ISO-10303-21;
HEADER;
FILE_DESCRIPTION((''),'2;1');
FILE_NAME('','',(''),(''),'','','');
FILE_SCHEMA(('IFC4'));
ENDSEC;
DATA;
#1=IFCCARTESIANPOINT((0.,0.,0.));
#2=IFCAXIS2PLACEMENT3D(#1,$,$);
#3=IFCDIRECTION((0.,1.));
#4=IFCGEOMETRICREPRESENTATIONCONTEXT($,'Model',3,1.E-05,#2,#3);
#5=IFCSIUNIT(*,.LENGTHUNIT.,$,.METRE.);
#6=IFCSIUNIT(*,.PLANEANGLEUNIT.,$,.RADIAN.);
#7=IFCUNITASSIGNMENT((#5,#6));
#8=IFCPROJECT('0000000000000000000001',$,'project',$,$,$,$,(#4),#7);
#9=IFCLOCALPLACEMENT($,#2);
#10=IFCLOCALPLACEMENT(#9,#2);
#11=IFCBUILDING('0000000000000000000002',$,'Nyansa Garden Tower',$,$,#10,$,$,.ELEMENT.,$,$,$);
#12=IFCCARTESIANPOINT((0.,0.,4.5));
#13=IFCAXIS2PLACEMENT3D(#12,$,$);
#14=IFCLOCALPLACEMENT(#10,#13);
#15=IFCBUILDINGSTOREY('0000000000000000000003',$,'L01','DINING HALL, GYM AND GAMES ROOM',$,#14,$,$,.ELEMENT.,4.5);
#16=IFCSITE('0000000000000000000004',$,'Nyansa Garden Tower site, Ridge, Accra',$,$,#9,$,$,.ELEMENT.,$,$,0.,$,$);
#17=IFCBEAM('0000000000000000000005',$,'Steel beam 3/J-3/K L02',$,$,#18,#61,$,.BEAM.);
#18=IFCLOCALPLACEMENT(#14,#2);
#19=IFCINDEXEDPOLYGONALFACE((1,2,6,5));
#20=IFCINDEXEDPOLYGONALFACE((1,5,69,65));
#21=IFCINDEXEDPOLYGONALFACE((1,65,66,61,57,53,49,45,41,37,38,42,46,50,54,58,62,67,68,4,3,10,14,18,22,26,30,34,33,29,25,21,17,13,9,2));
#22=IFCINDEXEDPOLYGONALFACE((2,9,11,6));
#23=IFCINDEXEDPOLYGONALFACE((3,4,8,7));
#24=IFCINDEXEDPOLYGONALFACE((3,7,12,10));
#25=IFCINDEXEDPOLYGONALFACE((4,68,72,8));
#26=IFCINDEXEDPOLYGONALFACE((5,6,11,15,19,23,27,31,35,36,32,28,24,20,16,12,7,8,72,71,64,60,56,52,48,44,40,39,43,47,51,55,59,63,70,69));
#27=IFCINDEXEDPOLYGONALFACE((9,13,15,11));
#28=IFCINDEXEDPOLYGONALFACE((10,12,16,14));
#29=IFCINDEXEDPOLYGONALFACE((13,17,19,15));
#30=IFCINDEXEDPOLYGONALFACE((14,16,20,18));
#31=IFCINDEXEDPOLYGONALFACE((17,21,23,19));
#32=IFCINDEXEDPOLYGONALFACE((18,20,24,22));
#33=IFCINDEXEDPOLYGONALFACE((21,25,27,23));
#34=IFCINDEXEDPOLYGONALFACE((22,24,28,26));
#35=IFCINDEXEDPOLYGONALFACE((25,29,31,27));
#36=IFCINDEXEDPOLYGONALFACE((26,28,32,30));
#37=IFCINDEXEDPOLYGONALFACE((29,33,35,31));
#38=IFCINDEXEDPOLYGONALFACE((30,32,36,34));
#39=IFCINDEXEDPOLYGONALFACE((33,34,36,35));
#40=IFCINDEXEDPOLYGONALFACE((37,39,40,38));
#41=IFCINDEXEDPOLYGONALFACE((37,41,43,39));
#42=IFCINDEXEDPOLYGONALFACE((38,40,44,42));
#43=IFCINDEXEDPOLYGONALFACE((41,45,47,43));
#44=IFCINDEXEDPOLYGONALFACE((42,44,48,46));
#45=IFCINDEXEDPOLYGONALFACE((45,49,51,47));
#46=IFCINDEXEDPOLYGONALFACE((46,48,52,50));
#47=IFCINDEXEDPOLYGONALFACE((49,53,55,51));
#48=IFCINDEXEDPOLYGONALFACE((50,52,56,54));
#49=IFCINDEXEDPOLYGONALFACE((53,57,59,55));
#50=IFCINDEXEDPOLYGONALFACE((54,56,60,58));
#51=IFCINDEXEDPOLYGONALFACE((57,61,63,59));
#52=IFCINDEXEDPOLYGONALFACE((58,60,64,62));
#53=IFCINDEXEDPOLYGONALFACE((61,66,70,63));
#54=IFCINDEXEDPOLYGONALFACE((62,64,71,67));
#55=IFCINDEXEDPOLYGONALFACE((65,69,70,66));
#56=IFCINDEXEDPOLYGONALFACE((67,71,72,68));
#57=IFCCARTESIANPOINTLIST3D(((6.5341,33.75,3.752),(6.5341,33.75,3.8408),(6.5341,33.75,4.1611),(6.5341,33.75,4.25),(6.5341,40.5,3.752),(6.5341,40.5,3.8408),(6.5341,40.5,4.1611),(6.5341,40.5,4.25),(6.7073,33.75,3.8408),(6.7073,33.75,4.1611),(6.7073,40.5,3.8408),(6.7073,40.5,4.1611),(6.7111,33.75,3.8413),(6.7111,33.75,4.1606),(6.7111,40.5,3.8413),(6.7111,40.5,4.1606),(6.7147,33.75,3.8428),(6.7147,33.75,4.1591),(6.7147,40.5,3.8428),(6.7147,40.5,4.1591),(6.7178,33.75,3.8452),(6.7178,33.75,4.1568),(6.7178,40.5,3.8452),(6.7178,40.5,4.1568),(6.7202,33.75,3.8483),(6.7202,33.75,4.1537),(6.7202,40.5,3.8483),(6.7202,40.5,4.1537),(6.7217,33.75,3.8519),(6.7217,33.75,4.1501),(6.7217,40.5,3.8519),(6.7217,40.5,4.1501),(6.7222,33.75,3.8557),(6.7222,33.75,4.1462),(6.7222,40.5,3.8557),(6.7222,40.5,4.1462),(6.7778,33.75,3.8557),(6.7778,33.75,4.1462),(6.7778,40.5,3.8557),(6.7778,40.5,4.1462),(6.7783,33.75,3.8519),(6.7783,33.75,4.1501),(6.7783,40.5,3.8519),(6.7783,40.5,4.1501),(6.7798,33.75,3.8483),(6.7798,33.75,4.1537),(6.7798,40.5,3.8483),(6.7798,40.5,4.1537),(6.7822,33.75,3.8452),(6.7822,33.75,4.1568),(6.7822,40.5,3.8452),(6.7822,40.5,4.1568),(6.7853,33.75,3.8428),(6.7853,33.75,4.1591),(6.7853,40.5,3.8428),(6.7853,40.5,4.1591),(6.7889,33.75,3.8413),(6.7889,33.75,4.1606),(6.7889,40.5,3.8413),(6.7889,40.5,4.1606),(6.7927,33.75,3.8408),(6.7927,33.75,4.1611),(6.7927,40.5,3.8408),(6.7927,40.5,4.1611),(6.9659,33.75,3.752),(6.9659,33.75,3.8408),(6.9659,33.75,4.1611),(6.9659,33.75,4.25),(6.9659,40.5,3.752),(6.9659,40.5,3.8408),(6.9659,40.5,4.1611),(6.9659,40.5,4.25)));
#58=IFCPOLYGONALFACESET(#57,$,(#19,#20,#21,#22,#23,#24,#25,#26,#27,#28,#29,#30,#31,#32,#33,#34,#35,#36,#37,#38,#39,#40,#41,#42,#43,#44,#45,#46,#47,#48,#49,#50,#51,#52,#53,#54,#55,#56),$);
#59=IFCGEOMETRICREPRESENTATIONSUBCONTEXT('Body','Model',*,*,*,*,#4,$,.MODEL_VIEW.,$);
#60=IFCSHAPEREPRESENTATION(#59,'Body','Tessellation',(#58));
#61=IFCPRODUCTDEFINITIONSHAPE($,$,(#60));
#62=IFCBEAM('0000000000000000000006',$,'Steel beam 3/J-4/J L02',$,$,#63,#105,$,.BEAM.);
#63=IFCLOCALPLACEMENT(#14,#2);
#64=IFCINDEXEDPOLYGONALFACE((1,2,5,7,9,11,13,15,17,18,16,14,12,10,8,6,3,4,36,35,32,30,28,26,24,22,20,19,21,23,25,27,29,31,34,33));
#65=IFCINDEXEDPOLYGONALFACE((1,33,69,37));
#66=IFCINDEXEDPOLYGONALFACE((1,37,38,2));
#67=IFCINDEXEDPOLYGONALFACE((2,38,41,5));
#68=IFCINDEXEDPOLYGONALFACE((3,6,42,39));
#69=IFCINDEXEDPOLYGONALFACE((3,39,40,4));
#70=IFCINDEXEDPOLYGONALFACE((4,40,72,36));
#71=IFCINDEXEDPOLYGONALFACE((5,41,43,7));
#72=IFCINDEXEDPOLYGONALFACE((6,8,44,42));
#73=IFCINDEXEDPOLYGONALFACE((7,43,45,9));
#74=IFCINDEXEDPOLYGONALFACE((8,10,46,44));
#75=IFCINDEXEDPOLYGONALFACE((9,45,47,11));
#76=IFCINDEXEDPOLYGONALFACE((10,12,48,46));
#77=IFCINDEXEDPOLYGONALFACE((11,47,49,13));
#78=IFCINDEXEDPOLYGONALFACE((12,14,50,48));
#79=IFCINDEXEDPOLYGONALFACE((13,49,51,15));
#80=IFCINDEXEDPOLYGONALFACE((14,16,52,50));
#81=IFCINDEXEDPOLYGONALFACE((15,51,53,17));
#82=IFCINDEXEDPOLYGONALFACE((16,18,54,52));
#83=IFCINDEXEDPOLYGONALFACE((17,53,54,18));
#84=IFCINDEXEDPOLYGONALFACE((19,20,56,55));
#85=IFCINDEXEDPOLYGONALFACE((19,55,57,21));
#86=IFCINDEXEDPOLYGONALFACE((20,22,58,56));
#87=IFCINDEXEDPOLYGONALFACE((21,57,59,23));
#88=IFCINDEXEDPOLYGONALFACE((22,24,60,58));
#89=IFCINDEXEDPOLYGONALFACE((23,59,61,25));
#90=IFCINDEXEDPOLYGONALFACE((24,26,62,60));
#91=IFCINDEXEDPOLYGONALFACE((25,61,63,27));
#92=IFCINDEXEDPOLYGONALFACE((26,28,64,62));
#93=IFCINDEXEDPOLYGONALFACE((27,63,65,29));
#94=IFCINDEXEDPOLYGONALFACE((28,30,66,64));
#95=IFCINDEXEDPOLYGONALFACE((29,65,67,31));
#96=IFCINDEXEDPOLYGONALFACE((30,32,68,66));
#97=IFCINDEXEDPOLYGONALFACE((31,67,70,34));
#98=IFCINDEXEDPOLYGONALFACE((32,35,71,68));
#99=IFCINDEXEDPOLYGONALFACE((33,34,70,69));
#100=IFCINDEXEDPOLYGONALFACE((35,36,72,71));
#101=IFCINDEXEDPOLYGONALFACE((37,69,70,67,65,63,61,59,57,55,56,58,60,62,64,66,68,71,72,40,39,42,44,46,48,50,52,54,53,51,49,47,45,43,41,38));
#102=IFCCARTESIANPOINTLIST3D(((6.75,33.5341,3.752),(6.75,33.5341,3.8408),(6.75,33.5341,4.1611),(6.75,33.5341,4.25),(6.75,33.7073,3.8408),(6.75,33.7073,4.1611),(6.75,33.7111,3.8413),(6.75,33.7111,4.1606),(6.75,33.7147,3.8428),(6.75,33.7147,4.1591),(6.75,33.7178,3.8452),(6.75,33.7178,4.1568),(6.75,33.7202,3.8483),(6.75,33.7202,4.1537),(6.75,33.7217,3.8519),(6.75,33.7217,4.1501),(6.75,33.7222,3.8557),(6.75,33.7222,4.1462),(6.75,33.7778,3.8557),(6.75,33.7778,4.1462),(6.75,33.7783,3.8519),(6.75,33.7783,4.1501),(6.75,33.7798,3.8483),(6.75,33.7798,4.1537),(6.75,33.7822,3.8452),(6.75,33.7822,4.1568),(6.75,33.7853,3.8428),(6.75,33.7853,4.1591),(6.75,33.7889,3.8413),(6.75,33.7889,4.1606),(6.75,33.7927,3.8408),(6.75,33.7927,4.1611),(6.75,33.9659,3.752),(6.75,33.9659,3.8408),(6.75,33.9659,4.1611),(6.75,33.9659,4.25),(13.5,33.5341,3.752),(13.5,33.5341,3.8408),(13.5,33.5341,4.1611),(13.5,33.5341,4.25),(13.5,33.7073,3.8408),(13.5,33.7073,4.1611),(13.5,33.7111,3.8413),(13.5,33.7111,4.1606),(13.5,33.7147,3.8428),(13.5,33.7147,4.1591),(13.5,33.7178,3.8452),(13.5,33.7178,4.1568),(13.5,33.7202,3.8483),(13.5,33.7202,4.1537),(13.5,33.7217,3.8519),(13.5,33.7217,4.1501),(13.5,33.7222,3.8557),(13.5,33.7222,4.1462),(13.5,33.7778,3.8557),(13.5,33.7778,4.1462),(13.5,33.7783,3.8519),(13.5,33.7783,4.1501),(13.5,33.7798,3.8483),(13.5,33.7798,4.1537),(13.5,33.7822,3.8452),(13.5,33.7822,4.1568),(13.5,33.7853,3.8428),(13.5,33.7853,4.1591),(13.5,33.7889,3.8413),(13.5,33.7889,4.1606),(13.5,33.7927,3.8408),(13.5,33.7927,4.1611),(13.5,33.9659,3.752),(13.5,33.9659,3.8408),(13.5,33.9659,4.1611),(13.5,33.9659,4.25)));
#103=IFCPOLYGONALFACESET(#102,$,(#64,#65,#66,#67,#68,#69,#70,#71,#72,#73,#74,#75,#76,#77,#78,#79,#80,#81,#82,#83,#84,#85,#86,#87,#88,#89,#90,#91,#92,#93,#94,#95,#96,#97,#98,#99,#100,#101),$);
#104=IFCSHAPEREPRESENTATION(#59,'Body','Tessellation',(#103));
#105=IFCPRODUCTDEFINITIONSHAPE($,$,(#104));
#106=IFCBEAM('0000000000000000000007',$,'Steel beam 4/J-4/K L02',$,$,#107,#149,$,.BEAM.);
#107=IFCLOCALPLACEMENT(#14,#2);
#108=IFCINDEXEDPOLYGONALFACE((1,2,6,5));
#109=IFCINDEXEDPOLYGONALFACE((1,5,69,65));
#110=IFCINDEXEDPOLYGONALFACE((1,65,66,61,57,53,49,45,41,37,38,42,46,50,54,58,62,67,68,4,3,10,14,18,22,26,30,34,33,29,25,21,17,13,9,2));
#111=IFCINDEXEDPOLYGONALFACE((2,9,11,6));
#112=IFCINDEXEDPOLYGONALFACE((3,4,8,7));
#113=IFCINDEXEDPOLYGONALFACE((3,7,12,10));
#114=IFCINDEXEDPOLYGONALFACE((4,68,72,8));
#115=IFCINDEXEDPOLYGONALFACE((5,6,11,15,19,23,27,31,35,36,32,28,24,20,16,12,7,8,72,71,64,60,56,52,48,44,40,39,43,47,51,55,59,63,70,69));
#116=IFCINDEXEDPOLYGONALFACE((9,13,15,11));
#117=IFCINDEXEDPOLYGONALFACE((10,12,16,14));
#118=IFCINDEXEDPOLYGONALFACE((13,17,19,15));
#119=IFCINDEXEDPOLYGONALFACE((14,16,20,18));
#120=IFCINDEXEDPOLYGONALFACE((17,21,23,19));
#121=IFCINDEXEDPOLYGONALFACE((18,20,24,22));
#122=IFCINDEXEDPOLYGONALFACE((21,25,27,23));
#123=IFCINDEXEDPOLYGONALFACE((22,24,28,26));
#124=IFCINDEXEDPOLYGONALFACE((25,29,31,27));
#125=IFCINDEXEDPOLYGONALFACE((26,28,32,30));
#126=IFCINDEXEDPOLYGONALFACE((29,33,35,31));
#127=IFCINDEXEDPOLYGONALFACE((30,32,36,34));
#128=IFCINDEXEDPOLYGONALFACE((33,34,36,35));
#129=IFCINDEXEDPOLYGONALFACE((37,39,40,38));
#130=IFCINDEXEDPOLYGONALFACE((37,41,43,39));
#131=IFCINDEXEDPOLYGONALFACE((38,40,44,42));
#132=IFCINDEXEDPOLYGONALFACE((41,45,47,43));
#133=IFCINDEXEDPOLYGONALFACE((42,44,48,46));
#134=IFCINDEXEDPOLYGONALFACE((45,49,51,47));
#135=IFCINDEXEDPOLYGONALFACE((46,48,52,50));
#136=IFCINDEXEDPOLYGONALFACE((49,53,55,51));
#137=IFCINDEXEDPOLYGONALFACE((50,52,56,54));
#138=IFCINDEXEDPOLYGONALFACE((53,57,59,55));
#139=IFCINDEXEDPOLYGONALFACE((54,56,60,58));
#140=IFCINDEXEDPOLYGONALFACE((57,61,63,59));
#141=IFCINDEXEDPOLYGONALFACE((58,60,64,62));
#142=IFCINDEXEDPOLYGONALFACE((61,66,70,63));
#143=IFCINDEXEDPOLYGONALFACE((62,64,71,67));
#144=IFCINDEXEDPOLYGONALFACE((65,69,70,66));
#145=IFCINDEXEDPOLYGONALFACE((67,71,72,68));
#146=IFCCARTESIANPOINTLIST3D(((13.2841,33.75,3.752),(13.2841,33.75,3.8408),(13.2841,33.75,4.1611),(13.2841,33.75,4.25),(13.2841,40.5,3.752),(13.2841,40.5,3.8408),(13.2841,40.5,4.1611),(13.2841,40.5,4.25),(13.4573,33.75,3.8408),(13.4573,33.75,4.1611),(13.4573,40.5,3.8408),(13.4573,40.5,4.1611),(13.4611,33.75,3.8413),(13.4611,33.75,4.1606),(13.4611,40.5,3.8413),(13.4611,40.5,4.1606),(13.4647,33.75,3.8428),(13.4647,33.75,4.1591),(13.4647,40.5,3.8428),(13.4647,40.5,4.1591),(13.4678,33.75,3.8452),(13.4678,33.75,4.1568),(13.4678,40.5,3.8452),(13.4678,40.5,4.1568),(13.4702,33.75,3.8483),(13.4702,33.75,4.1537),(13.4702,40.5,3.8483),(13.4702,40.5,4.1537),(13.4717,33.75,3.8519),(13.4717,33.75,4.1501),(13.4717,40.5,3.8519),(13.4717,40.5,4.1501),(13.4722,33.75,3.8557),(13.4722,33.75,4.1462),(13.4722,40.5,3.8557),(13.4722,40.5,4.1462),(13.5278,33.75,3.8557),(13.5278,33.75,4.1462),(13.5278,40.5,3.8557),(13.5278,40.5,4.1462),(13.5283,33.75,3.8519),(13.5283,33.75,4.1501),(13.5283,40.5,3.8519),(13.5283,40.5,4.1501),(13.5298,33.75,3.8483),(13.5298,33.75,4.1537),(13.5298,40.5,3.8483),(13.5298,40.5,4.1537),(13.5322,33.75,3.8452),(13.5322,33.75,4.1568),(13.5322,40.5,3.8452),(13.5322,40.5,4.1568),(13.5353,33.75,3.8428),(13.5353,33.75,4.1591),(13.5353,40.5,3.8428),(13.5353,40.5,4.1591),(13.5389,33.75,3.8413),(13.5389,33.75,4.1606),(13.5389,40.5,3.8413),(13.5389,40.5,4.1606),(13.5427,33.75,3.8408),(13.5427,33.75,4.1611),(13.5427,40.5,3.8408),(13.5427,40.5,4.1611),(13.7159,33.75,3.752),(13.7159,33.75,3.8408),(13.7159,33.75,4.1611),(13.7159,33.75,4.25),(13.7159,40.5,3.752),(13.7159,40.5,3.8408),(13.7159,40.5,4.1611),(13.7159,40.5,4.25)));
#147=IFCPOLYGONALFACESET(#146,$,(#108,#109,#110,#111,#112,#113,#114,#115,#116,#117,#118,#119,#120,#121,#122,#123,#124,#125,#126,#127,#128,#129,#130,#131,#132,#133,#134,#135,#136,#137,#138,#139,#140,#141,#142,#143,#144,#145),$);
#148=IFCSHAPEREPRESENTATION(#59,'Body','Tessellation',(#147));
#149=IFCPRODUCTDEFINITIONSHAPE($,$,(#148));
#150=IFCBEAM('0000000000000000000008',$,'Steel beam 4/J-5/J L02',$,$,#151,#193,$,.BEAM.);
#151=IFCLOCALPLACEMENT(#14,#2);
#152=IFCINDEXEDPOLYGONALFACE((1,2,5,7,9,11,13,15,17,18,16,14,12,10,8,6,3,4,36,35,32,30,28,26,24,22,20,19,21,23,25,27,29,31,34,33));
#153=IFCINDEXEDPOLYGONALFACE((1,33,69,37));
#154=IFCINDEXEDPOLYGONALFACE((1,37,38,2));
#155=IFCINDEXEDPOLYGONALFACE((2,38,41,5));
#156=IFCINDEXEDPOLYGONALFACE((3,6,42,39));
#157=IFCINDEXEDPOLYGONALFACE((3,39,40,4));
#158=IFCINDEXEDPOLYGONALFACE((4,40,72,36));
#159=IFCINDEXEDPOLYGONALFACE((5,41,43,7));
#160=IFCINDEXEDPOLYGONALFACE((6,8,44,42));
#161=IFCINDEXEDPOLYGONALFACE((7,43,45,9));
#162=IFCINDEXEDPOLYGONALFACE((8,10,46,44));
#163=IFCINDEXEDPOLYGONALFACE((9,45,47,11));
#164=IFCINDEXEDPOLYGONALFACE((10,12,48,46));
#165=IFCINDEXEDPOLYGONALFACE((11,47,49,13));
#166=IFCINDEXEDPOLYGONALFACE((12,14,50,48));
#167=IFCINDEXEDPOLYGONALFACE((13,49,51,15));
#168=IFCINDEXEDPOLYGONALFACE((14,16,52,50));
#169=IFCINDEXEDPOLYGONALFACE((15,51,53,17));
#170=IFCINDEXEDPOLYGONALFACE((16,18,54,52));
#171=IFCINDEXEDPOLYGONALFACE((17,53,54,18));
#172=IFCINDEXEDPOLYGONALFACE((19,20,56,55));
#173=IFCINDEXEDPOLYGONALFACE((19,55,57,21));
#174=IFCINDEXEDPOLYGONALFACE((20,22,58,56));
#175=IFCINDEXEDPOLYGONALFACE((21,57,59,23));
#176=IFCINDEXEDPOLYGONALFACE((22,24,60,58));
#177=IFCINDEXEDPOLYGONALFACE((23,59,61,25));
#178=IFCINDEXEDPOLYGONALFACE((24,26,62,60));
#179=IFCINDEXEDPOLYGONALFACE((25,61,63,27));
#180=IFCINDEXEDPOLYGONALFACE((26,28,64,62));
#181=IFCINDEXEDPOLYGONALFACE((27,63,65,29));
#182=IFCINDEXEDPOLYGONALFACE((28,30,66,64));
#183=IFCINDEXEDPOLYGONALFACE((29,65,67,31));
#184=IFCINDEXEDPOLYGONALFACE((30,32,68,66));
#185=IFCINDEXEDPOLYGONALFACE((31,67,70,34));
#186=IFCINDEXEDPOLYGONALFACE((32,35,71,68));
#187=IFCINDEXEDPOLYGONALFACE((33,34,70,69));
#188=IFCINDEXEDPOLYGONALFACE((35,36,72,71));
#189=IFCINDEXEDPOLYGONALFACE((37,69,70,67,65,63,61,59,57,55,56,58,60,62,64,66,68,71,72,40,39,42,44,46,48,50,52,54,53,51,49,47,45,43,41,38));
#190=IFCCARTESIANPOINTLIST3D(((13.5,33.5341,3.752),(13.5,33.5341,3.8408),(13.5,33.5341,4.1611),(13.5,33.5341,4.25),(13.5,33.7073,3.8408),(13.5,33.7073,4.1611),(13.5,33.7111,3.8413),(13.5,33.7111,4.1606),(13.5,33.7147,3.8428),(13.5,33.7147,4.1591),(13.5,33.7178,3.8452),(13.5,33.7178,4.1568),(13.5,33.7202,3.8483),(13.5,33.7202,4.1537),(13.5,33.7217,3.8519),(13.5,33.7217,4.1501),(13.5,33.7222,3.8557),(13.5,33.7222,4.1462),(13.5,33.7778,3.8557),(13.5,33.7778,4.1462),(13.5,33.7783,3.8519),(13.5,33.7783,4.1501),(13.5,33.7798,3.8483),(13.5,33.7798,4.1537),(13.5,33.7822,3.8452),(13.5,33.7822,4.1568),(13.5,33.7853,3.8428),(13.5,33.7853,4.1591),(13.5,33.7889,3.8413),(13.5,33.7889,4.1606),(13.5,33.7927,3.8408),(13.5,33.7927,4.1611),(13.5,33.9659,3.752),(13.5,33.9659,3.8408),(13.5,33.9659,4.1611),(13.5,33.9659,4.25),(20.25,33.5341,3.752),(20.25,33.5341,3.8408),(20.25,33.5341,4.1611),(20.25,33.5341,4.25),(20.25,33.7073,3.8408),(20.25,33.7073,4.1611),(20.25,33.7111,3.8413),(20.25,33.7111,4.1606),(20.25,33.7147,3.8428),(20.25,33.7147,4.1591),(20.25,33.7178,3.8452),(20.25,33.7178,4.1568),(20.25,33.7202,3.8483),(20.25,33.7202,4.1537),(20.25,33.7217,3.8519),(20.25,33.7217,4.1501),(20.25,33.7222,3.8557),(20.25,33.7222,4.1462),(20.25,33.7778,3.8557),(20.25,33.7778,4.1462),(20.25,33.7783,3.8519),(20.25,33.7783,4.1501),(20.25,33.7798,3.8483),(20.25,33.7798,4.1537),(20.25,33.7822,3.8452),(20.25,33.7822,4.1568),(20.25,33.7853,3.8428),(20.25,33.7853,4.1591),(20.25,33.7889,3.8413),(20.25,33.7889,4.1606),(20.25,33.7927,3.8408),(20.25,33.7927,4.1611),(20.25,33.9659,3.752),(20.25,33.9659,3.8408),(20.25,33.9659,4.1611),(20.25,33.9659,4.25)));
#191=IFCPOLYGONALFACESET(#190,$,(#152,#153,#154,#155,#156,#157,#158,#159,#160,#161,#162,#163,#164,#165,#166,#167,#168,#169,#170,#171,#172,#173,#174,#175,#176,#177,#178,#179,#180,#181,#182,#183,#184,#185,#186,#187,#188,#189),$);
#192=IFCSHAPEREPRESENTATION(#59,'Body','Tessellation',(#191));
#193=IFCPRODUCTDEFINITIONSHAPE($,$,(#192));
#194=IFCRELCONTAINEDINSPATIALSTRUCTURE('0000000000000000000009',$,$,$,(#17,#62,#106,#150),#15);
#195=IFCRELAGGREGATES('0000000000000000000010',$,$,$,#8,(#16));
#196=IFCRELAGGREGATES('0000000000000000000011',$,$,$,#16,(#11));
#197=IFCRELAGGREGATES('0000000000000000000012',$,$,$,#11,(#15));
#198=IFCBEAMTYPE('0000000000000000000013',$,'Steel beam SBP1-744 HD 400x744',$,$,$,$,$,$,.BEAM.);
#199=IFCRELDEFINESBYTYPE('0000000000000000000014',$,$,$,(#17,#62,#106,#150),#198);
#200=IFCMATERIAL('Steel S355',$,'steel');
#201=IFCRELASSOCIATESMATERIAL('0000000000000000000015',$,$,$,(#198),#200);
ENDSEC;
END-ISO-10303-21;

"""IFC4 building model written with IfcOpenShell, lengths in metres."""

from ifc_helpers import new_model, si_unit, direction, frame, origin, origin_2d, place, context, subcontext, project, spatial, i_section, extrude, material, material_profile, profile_set, type_object, element, save


model = new_model("IFC4")

# Units and contexts
model_context = context("Model", 3, precision=1e-05, world=origin(), true_north=direction((0.0, 1.0)))
body_context = subcontext(model_context, "Body", "Model", "MODEL_VIEW")
ifc_project = project(units=[si_unit("LENGTHUNIT", "METRE"), si_unit("PLANEANGLEUNIT", "RADIAN")], contexts=[model_context])

# Site, building, storey
site_placement = place(None, origin())
site = spatial("IfcSite", under=ifc_project, at=site_placement, Name="Nyansa Garden Tower site, Ridge, Accra", CompositionType="ELEMENT", RefElevation=0.0)
building_placement = place(site_placement, origin())
building = spatial("IfcBuilding", under=site, at=building_placement, Name="Nyansa Garden Tower", CompositionType="ELEMENT")
storey_placement = place(building_placement, frame((0.0, 0.0, 4.5)))
storey = spatial("IfcBuildingStorey", under=building, at=storey_placement, Name="L01", Description="DINING HALL, GYM AND GAMES ROOM", CompositionType="ELEMENT", Elevation=4.5)

# Beams
ifc_material_1 = material(Name="Steel S355", Category="steel")
ifc_material_profile_1 = material_profile(ifc_material_1, i_section(OverallWidth=0.4319, OverallDepth=0.498, WebThickness=0.0557, FlangeThickness=0.0889, FilletRadius=0.0149, at=origin_2d()), Name="HD 400x744")
ifc_profile_set_1 = profile_set([ifc_material_profile_1], Name="Steel S355")
beam_type_1 = type_object("IfcBeamType", Name="Steel beam SBP1-744 HD 400x744", PredefinedType="BEAM", material=ifc_profile_set_1)
for number, where, z_axis, x_axis, name in (
    (1, (6.75, 33.75, 4.001), (0.0, 1.0, 0.0), (-1.0, 0.0, 0.0), "Steel beam 3/J-3/K L02"),
    (2, (6.75, 33.75, 4.001), (1.0, 0.0, 0.0), (0.0, 1.0, 0.0), "Steel beam 3/J-4/J L02"),
    (3, (13.5, 33.75, 4.001), (0.0, 1.0, 0.0), (-1.0, 0.0, 0.0), "Steel beam 4/J-4/K L02"),
    (4, (13.5, 33.75, 4.001), (1.0, 0.0, 0.0), (0.0, 1.0, 0.0), "Steel beam 4/J-5/J L02"),
):
    element("IfcBeam", number, at=place(storey_placement, frame(where, z_axis=z_axis, x_axis=x_axis)), inside=storey, type_object=beam_type_1, Name=name, PredefinedType="BEAM", context=body_context, shape_type="SweptSolid", body=[
        extrude(i_section(OverallWidth=0.4319, OverallDepth=0.498, WebThickness=0.0557, FlangeThickness=0.0889, FilletRadius=0.0149, at=origin_2d()), origin(), (0.0, 0.0, 1.0), 6.75),
    ])

save(model, "model.ifc")
